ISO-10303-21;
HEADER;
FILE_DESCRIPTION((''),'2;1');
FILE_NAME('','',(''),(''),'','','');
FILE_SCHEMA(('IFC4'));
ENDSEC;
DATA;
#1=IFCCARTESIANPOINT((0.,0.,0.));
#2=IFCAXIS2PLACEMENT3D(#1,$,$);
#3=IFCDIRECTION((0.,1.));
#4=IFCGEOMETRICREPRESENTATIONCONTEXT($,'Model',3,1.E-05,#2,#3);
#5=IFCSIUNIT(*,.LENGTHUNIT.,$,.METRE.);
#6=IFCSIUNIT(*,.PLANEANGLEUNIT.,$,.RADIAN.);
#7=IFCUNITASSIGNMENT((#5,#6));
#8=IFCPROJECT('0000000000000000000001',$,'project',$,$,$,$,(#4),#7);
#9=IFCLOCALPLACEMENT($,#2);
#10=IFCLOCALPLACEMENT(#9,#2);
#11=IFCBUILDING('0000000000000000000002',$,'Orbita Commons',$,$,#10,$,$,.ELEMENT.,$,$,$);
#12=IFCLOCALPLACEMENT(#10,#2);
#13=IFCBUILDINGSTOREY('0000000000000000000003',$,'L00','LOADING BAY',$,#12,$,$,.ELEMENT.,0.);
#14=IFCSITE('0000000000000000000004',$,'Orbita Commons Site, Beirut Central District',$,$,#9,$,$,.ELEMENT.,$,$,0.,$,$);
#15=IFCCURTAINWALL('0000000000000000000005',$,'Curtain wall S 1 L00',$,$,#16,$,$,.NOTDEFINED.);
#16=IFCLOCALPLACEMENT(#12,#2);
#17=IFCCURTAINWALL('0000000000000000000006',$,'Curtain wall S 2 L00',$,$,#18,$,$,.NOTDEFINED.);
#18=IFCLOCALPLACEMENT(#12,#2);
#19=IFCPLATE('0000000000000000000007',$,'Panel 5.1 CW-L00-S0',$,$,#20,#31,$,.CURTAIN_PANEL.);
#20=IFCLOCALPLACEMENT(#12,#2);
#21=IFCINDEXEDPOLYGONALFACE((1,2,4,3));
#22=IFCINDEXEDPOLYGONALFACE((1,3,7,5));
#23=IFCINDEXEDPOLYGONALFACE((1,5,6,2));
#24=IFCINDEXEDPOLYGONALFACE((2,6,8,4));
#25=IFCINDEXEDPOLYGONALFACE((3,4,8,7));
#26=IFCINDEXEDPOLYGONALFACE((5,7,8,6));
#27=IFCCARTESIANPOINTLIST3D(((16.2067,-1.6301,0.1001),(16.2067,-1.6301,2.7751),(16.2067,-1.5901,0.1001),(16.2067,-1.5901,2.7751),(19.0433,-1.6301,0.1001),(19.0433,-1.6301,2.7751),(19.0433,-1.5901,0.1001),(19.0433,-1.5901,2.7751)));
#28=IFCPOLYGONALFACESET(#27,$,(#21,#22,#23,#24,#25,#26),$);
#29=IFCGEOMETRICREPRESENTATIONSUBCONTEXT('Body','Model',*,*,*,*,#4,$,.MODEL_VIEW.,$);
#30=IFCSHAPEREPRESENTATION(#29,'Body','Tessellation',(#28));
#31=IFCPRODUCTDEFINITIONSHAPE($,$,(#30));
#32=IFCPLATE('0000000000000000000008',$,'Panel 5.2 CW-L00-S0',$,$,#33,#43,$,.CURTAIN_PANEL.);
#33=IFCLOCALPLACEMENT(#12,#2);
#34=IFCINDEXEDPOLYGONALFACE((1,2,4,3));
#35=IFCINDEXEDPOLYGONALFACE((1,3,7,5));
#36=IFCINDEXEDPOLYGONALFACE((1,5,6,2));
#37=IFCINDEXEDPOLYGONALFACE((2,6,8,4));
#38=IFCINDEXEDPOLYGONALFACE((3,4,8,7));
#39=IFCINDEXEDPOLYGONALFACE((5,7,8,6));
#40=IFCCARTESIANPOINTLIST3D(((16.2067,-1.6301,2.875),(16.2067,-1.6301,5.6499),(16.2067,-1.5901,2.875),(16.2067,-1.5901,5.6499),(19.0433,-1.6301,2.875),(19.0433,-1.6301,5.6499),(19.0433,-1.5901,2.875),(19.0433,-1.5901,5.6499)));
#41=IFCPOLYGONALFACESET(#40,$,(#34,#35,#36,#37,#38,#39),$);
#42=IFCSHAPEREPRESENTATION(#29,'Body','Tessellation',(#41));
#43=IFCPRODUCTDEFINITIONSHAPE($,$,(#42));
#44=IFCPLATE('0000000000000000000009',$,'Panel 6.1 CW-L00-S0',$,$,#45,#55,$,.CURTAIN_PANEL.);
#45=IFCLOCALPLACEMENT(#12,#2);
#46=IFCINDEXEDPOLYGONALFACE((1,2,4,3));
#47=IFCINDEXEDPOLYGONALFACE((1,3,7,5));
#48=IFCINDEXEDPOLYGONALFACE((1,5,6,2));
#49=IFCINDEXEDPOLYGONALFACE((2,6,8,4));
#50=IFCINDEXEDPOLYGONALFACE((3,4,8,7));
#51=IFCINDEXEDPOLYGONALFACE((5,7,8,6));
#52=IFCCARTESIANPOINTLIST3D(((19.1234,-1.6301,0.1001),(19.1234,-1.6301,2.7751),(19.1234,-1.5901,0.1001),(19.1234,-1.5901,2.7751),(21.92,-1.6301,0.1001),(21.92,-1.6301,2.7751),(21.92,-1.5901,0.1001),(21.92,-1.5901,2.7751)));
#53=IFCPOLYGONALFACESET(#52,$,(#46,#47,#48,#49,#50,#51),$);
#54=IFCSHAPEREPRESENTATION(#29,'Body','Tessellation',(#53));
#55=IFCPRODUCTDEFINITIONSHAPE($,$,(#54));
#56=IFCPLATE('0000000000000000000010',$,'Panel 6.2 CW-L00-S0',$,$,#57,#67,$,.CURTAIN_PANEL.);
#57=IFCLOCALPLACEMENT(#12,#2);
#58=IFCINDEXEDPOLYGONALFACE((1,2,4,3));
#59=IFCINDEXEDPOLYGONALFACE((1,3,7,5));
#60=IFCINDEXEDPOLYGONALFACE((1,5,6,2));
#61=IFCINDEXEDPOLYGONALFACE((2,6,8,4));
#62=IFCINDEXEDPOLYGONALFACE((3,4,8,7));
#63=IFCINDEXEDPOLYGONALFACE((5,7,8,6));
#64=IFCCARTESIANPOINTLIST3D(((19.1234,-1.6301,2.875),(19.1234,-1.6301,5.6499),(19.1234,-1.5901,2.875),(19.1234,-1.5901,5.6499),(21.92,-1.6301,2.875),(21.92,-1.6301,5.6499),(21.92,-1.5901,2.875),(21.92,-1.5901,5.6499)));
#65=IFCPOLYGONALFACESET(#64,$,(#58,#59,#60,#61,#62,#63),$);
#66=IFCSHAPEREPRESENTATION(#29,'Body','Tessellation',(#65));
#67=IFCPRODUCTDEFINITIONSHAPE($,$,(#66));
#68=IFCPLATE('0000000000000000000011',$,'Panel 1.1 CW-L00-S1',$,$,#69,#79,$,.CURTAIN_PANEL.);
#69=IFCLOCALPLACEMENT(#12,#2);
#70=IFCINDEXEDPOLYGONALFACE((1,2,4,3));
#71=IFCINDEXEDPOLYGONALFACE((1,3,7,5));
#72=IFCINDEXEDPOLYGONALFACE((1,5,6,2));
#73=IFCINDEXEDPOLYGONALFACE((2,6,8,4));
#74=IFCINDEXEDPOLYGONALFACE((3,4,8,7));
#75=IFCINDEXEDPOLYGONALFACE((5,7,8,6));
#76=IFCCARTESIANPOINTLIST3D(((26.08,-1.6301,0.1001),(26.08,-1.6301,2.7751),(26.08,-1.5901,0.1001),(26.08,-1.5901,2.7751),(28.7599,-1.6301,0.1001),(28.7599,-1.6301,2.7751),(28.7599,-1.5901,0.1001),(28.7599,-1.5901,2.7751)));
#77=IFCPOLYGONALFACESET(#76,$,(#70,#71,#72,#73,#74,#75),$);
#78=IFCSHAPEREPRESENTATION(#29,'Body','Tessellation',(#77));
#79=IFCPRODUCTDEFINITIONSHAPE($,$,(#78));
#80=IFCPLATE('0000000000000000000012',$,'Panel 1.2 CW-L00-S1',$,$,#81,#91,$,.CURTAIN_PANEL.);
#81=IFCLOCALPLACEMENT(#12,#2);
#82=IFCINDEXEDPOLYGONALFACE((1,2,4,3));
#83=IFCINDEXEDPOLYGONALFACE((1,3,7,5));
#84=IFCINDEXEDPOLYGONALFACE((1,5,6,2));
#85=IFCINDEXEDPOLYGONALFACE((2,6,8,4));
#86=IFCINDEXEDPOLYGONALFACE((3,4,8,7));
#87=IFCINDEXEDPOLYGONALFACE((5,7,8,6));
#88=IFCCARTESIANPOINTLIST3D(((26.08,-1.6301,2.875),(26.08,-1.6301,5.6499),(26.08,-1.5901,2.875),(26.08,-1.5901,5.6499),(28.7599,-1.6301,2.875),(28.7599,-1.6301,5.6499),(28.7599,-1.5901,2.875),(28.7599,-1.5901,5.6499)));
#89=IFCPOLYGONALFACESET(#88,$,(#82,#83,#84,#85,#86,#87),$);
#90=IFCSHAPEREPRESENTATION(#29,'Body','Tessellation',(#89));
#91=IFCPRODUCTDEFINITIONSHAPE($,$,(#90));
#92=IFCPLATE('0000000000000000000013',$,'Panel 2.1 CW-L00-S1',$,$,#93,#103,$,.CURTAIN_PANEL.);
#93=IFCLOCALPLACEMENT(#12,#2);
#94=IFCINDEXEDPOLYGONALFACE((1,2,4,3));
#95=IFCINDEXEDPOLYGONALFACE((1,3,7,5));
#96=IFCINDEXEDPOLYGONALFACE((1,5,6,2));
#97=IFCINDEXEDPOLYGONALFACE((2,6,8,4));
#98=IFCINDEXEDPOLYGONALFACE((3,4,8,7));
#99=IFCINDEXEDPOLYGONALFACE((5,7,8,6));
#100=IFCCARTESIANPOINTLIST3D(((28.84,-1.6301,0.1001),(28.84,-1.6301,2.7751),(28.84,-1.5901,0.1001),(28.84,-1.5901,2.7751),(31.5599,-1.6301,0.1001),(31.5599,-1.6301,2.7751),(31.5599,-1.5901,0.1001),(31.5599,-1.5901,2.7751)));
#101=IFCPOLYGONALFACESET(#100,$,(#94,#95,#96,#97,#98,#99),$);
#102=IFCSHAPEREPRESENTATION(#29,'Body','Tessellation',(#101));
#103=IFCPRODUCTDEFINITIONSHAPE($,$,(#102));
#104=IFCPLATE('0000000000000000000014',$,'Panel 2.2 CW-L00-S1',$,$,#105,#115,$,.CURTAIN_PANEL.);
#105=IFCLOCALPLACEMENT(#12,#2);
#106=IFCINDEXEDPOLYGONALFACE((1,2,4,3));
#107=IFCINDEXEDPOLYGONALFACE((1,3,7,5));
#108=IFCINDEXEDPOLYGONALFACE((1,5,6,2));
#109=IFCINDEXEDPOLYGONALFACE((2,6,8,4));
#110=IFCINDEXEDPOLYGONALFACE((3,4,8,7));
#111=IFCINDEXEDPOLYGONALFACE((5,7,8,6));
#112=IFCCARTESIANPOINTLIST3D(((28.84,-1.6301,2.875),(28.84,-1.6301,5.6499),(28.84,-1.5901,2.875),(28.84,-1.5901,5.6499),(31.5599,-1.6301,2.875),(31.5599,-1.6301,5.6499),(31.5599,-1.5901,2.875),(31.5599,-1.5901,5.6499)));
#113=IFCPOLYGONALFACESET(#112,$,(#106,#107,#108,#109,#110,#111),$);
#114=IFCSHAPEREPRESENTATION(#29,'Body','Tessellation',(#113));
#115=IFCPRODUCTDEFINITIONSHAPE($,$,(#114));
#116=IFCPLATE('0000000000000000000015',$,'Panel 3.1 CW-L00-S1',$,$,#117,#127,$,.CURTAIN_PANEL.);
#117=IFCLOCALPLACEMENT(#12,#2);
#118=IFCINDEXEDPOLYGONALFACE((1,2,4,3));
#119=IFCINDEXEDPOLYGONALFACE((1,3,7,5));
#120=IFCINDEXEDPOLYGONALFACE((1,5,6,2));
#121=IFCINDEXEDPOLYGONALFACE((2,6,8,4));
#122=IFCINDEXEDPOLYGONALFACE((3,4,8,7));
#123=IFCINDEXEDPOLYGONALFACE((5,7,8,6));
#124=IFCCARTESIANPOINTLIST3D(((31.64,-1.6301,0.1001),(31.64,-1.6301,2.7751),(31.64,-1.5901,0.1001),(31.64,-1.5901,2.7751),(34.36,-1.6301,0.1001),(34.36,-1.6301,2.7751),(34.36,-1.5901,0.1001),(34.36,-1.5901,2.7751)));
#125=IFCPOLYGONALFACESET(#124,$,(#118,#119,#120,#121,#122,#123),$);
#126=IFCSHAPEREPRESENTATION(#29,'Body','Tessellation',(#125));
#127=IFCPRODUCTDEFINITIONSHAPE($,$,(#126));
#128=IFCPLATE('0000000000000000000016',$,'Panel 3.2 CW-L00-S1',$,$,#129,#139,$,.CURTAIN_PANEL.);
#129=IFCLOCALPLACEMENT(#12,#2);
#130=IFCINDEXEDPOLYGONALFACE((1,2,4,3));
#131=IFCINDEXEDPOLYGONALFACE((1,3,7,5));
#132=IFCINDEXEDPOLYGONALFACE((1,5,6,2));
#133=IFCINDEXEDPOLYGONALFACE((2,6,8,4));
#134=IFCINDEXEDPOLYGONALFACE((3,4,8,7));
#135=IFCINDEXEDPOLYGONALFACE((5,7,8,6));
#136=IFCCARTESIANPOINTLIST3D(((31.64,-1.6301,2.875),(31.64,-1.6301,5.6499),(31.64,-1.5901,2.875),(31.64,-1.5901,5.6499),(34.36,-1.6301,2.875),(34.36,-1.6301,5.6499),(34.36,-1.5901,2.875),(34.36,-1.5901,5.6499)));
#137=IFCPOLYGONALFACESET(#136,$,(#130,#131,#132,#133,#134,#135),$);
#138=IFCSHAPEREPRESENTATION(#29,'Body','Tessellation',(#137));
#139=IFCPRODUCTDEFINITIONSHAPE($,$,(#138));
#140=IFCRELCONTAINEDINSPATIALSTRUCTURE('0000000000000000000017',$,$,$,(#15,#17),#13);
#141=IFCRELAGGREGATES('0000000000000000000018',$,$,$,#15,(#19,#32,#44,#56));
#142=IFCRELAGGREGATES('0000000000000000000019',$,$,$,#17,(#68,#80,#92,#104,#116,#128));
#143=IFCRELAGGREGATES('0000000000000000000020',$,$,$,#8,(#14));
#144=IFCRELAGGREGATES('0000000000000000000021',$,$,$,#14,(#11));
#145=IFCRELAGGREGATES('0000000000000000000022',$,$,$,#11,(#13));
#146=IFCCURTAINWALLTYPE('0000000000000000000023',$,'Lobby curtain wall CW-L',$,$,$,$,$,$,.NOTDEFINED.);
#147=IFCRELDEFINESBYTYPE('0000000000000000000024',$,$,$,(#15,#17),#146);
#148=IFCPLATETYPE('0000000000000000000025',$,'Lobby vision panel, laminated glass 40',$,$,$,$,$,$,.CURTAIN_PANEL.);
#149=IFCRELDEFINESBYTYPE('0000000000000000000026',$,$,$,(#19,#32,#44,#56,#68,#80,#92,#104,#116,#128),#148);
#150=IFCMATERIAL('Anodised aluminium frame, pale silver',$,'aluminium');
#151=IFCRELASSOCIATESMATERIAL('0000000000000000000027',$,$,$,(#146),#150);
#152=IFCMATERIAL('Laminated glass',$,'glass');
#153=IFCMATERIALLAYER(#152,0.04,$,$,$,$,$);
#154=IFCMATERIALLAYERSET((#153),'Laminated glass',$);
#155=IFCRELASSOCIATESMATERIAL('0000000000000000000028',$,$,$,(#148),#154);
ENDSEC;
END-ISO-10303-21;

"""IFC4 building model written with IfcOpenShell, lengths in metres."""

from ifc_helpers import new_model, si_unit, direction, frame, origin, origin_2d, place, context, subcontext, project, spatial, rectangle, extrude, material, layer, layer_set, type_object, element, aggregate, save


model = new_model("IFC4")

# Units and contexts
model_context = context("Model", 3, precision=1e-05, world=origin(), true_north=direction((0.0, 1.0)))
body_context = subcontext(model_context, "Body", "Model", "MODEL_VIEW")
ifc_project = project(units=[si_unit("LENGTHUNIT", "METRE"), si_unit("PLANEANGLEUNIT", "RADIAN")], contexts=[model_context])

# Site, building, storey
site_placement = place(None, origin())
site = spatial("IfcSite", under=ifc_project, at=site_placement, Name="Orbita Commons Site, Beirut Central District", CompositionType="ELEMENT", RefElevation=0.0)
building_placement = place(site_placement, origin())
building = spatial("IfcBuilding", under=site, at=building_placement, Name="Orbita Commons", CompositionType="ELEMENT")
storey_placement = place(building_placement, origin())
storey = spatial("IfcBuildingStorey", under=building, at=storey_placement, Name="L00", Description="LOADING BAY", CompositionType="ELEMENT", Elevation=0.0)

# Curtain walls
ifc_material_1 = material(Name="Anodised aluminium frame, pale silver", Category="aluminium")
curtain_wall_type = type_object("IfcCurtainWallType", Name="Lobby curtain wall CW-L", PredefinedType="NOTDEFINED", material=ifc_material_1)
curtain_wall_1_placement = place(storey_placement, origin())
curtain_wall_1 = element("IfcCurtainWall", 1, at=curtain_wall_1_placement, inside=storey, type_object=curtain_wall_type, Name="Curtain wall S 1 L00", PredefinedType="NOTDEFINED")
curtain_wall_2_placement = place(storey_placement, origin())
curtain_wall_2 = element("IfcCurtainWall", 2, at=curtain_wall_2_placement, inside=storey, type_object=curtain_wall_type, Name="Curtain wall S 2 L00", PredefinedType="NOTDEFINED")

# Plates
ifc_material_2 = material(Name="Laminated glass", Category="glass")
ifc_layer = layer(ifc_material_2, 0.04)
ifc_layer_set = layer_set([ifc_layer], Name="Laminated glass")
plate_type = type_object("IfcPlateType", Name="Lobby vision panel, laminated glass 40", PredefinedType="CURTAIN_PANEL", material=ifc_layer_set)
plate_1_placement = place(storey_placement, frame((17.625, -1.6101, 0.1001), z_axis=(0.0, 0.0, 1.0), x_axis=(1.0, 0.0, 0.0)))
plate_1 = element("IfcPlate", 3, at=plate_1_placement, type_object=plate_type, Name="Panel 5.1 CW-L00-S0", PredefinedType="CURTAIN_PANEL", context=body_context, shape_type="SweptSolid", body=[
    extrude(rectangle(XDim=2.8367, YDim=0.04, at=origin_2d()), origin(), (0.0, 0.0, 1.0), 2.675),
])
plate_2_placement = place(storey_placement, frame((17.625, -1.6101, 2.875), z_axis=(0.0, 0.0, 1.0), x_axis=(1.0, 0.0, 0.0)))
plate_2 = element("IfcPlate", 4, at=plate_2_placement, type_object=plate_type, Name="Panel 5.2 CW-L00-S0", PredefinedType="CURTAIN_PANEL", context=body_context, shape_type="SweptSolid", body=[
    extrude(rectangle(XDim=2.8367, YDim=0.04, at=origin_2d()), origin(), (0.0, 0.0, 1.0), 2.7749),
])
plate_3_placement = place(storey_placement, frame((20.5217, -1.6101, 0.1001), z_axis=(0.0, 0.0, 1.0), x_axis=(1.0, 0.0, 0.0)))
plate_3 = element("IfcPlate", 5, at=plate_3_placement, type_object=plate_type, Name="Panel 6.1 CW-L00-S0", PredefinedType="CURTAIN_PANEL", context=body_context, shape_type="SweptSolid", body=[
    extrude(rectangle(XDim=2.7966, YDim=0.04, at=origin_2d()), origin(), (0.0, 0.0, 1.0), 2.675),
])
plate_4_placement = place(storey_placement, frame((20.5217, -1.6101, 2.875), z_axis=(0.0, 0.0, 1.0), x_axis=(1.0, 0.0, 0.0)))
plate_4 = element("IfcPlate", 6, at=plate_4_placement, type_object=plate_type, Name="Panel 6.2 CW-L00-S0", PredefinedType="CURTAIN_PANEL", context=body_context, shape_type="SweptSolid", body=[
    extrude(rectangle(XDim=2.7966, YDim=0.04, at=origin_2d()), origin(), (0.0, 0.0, 1.0), 2.7749),
])
aggregate(curtain_wall_1, [plate_1, plate_2, plate_3, plate_4])
plate_5_placement = place(storey_placement, frame((27.4199, -1.6101, 0.1001), z_axis=(0.0, 0.0, 1.0), x_axis=(1.0, 0.0, 0.0)))
plate_5 = element("IfcPlate", 7, at=plate_5_placement, type_object=plate_type, Name="Panel 1.1 CW-L00-S1", PredefinedType="CURTAIN_PANEL", context=body_context, shape_type="SweptSolid", body=[
    extrude(rectangle(XDim=2.6799, YDim=0.04, at=origin_2d()), origin(), (0.0, 0.0, 1.0), 2.675),
])
plate_6_placement = place(storey_placement, frame((27.4199, -1.6101, 2.875), z_axis=(0.0, 0.0, 1.0), x_axis=(1.0, 0.0, 0.0)))
plate_6 = element("IfcPlate", 8, at=plate_6_placement, type_object=plate_type, Name="Panel 1.2 CW-L00-S1", PredefinedType="CURTAIN_PANEL", context=body_context, shape_type="SweptSolid", body=[
    extrude(rectangle(XDim=2.6799, YDim=0.04, at=origin_2d()), origin(), (0.0, 0.0, 1.0), 2.7749),
])
plate_7_placement = place(storey_placement, frame((30.2, -1.6101, 0.1001), z_axis=(0.0, 0.0, 1.0), x_axis=(1.0, 0.0, 0.0)))
plate_7 = element("IfcPlate", 9, at=plate_7_placement, type_object=plate_type, Name="Panel 2.1 CW-L00-S1", PredefinedType="CURTAIN_PANEL", context=body_context, shape_type="SweptSolid", body=[
    extrude(rectangle(XDim=2.72, YDim=0.04, at=origin_2d()), origin(), (0.0, 0.0, 1.0), 2.675),
])
plate_8_placement = place(storey_placement, frame((30.2, -1.6101, 2.875), z_axis=(0.0, 0.0, 1.0), x_axis=(1.0, 0.0, 0.0)))
plate_8 = element("IfcPlate", 10, at=plate_8_placement, type_object=plate_type, Name="Panel 2.2 CW-L00-S1", PredefinedType="CURTAIN_PANEL", context=body_context, shape_type="SweptSolid", body=[
    extrude(rectangle(XDim=2.72, YDim=0.04, at=origin_2d()), origin(), (0.0, 0.0, 1.0), 2.7749),
])
plate_9_placement = place(storey_placement, frame((33.0, -1.6101, 0.1001), z_axis=(0.0, 0.0, 1.0), x_axis=(1.0, 0.0, 0.0)))
plate_9 = element("IfcPlate", 11, at=plate_9_placement, type_object=plate_type, Name="Panel 3.1 CW-L00-S1", PredefinedType="CURTAIN_PANEL", context=body_context, shape_type="SweptSolid", body=[
    extrude(rectangle(XDim=2.72, YDim=0.04, at=origin_2d()), origin(), (0.0, 0.0, 1.0), 2.675),
])
plate_10_placement = place(storey_placement, frame((33.0, -1.6101, 2.875), z_axis=(0.0, 0.0, 1.0), x_axis=(1.0, 0.0, 0.0)))
plate_10 = element("IfcPlate", 12, at=plate_10_placement, type_object=plate_type, Name="Panel 3.2 CW-L00-S1", PredefinedType="CURTAIN_PANEL", context=body_context, shape_type="SweptSolid", body=[
    extrude(rectangle(XDim=2.72, YDim=0.04, at=origin_2d()), origin(), (0.0, 0.0, 1.0), 2.7749),
])
aggregate(curtain_wall_2, [plate_5, plate_6, plate_7, plate_8, plate_9, plate_10])

save(model, "model.ifc")
